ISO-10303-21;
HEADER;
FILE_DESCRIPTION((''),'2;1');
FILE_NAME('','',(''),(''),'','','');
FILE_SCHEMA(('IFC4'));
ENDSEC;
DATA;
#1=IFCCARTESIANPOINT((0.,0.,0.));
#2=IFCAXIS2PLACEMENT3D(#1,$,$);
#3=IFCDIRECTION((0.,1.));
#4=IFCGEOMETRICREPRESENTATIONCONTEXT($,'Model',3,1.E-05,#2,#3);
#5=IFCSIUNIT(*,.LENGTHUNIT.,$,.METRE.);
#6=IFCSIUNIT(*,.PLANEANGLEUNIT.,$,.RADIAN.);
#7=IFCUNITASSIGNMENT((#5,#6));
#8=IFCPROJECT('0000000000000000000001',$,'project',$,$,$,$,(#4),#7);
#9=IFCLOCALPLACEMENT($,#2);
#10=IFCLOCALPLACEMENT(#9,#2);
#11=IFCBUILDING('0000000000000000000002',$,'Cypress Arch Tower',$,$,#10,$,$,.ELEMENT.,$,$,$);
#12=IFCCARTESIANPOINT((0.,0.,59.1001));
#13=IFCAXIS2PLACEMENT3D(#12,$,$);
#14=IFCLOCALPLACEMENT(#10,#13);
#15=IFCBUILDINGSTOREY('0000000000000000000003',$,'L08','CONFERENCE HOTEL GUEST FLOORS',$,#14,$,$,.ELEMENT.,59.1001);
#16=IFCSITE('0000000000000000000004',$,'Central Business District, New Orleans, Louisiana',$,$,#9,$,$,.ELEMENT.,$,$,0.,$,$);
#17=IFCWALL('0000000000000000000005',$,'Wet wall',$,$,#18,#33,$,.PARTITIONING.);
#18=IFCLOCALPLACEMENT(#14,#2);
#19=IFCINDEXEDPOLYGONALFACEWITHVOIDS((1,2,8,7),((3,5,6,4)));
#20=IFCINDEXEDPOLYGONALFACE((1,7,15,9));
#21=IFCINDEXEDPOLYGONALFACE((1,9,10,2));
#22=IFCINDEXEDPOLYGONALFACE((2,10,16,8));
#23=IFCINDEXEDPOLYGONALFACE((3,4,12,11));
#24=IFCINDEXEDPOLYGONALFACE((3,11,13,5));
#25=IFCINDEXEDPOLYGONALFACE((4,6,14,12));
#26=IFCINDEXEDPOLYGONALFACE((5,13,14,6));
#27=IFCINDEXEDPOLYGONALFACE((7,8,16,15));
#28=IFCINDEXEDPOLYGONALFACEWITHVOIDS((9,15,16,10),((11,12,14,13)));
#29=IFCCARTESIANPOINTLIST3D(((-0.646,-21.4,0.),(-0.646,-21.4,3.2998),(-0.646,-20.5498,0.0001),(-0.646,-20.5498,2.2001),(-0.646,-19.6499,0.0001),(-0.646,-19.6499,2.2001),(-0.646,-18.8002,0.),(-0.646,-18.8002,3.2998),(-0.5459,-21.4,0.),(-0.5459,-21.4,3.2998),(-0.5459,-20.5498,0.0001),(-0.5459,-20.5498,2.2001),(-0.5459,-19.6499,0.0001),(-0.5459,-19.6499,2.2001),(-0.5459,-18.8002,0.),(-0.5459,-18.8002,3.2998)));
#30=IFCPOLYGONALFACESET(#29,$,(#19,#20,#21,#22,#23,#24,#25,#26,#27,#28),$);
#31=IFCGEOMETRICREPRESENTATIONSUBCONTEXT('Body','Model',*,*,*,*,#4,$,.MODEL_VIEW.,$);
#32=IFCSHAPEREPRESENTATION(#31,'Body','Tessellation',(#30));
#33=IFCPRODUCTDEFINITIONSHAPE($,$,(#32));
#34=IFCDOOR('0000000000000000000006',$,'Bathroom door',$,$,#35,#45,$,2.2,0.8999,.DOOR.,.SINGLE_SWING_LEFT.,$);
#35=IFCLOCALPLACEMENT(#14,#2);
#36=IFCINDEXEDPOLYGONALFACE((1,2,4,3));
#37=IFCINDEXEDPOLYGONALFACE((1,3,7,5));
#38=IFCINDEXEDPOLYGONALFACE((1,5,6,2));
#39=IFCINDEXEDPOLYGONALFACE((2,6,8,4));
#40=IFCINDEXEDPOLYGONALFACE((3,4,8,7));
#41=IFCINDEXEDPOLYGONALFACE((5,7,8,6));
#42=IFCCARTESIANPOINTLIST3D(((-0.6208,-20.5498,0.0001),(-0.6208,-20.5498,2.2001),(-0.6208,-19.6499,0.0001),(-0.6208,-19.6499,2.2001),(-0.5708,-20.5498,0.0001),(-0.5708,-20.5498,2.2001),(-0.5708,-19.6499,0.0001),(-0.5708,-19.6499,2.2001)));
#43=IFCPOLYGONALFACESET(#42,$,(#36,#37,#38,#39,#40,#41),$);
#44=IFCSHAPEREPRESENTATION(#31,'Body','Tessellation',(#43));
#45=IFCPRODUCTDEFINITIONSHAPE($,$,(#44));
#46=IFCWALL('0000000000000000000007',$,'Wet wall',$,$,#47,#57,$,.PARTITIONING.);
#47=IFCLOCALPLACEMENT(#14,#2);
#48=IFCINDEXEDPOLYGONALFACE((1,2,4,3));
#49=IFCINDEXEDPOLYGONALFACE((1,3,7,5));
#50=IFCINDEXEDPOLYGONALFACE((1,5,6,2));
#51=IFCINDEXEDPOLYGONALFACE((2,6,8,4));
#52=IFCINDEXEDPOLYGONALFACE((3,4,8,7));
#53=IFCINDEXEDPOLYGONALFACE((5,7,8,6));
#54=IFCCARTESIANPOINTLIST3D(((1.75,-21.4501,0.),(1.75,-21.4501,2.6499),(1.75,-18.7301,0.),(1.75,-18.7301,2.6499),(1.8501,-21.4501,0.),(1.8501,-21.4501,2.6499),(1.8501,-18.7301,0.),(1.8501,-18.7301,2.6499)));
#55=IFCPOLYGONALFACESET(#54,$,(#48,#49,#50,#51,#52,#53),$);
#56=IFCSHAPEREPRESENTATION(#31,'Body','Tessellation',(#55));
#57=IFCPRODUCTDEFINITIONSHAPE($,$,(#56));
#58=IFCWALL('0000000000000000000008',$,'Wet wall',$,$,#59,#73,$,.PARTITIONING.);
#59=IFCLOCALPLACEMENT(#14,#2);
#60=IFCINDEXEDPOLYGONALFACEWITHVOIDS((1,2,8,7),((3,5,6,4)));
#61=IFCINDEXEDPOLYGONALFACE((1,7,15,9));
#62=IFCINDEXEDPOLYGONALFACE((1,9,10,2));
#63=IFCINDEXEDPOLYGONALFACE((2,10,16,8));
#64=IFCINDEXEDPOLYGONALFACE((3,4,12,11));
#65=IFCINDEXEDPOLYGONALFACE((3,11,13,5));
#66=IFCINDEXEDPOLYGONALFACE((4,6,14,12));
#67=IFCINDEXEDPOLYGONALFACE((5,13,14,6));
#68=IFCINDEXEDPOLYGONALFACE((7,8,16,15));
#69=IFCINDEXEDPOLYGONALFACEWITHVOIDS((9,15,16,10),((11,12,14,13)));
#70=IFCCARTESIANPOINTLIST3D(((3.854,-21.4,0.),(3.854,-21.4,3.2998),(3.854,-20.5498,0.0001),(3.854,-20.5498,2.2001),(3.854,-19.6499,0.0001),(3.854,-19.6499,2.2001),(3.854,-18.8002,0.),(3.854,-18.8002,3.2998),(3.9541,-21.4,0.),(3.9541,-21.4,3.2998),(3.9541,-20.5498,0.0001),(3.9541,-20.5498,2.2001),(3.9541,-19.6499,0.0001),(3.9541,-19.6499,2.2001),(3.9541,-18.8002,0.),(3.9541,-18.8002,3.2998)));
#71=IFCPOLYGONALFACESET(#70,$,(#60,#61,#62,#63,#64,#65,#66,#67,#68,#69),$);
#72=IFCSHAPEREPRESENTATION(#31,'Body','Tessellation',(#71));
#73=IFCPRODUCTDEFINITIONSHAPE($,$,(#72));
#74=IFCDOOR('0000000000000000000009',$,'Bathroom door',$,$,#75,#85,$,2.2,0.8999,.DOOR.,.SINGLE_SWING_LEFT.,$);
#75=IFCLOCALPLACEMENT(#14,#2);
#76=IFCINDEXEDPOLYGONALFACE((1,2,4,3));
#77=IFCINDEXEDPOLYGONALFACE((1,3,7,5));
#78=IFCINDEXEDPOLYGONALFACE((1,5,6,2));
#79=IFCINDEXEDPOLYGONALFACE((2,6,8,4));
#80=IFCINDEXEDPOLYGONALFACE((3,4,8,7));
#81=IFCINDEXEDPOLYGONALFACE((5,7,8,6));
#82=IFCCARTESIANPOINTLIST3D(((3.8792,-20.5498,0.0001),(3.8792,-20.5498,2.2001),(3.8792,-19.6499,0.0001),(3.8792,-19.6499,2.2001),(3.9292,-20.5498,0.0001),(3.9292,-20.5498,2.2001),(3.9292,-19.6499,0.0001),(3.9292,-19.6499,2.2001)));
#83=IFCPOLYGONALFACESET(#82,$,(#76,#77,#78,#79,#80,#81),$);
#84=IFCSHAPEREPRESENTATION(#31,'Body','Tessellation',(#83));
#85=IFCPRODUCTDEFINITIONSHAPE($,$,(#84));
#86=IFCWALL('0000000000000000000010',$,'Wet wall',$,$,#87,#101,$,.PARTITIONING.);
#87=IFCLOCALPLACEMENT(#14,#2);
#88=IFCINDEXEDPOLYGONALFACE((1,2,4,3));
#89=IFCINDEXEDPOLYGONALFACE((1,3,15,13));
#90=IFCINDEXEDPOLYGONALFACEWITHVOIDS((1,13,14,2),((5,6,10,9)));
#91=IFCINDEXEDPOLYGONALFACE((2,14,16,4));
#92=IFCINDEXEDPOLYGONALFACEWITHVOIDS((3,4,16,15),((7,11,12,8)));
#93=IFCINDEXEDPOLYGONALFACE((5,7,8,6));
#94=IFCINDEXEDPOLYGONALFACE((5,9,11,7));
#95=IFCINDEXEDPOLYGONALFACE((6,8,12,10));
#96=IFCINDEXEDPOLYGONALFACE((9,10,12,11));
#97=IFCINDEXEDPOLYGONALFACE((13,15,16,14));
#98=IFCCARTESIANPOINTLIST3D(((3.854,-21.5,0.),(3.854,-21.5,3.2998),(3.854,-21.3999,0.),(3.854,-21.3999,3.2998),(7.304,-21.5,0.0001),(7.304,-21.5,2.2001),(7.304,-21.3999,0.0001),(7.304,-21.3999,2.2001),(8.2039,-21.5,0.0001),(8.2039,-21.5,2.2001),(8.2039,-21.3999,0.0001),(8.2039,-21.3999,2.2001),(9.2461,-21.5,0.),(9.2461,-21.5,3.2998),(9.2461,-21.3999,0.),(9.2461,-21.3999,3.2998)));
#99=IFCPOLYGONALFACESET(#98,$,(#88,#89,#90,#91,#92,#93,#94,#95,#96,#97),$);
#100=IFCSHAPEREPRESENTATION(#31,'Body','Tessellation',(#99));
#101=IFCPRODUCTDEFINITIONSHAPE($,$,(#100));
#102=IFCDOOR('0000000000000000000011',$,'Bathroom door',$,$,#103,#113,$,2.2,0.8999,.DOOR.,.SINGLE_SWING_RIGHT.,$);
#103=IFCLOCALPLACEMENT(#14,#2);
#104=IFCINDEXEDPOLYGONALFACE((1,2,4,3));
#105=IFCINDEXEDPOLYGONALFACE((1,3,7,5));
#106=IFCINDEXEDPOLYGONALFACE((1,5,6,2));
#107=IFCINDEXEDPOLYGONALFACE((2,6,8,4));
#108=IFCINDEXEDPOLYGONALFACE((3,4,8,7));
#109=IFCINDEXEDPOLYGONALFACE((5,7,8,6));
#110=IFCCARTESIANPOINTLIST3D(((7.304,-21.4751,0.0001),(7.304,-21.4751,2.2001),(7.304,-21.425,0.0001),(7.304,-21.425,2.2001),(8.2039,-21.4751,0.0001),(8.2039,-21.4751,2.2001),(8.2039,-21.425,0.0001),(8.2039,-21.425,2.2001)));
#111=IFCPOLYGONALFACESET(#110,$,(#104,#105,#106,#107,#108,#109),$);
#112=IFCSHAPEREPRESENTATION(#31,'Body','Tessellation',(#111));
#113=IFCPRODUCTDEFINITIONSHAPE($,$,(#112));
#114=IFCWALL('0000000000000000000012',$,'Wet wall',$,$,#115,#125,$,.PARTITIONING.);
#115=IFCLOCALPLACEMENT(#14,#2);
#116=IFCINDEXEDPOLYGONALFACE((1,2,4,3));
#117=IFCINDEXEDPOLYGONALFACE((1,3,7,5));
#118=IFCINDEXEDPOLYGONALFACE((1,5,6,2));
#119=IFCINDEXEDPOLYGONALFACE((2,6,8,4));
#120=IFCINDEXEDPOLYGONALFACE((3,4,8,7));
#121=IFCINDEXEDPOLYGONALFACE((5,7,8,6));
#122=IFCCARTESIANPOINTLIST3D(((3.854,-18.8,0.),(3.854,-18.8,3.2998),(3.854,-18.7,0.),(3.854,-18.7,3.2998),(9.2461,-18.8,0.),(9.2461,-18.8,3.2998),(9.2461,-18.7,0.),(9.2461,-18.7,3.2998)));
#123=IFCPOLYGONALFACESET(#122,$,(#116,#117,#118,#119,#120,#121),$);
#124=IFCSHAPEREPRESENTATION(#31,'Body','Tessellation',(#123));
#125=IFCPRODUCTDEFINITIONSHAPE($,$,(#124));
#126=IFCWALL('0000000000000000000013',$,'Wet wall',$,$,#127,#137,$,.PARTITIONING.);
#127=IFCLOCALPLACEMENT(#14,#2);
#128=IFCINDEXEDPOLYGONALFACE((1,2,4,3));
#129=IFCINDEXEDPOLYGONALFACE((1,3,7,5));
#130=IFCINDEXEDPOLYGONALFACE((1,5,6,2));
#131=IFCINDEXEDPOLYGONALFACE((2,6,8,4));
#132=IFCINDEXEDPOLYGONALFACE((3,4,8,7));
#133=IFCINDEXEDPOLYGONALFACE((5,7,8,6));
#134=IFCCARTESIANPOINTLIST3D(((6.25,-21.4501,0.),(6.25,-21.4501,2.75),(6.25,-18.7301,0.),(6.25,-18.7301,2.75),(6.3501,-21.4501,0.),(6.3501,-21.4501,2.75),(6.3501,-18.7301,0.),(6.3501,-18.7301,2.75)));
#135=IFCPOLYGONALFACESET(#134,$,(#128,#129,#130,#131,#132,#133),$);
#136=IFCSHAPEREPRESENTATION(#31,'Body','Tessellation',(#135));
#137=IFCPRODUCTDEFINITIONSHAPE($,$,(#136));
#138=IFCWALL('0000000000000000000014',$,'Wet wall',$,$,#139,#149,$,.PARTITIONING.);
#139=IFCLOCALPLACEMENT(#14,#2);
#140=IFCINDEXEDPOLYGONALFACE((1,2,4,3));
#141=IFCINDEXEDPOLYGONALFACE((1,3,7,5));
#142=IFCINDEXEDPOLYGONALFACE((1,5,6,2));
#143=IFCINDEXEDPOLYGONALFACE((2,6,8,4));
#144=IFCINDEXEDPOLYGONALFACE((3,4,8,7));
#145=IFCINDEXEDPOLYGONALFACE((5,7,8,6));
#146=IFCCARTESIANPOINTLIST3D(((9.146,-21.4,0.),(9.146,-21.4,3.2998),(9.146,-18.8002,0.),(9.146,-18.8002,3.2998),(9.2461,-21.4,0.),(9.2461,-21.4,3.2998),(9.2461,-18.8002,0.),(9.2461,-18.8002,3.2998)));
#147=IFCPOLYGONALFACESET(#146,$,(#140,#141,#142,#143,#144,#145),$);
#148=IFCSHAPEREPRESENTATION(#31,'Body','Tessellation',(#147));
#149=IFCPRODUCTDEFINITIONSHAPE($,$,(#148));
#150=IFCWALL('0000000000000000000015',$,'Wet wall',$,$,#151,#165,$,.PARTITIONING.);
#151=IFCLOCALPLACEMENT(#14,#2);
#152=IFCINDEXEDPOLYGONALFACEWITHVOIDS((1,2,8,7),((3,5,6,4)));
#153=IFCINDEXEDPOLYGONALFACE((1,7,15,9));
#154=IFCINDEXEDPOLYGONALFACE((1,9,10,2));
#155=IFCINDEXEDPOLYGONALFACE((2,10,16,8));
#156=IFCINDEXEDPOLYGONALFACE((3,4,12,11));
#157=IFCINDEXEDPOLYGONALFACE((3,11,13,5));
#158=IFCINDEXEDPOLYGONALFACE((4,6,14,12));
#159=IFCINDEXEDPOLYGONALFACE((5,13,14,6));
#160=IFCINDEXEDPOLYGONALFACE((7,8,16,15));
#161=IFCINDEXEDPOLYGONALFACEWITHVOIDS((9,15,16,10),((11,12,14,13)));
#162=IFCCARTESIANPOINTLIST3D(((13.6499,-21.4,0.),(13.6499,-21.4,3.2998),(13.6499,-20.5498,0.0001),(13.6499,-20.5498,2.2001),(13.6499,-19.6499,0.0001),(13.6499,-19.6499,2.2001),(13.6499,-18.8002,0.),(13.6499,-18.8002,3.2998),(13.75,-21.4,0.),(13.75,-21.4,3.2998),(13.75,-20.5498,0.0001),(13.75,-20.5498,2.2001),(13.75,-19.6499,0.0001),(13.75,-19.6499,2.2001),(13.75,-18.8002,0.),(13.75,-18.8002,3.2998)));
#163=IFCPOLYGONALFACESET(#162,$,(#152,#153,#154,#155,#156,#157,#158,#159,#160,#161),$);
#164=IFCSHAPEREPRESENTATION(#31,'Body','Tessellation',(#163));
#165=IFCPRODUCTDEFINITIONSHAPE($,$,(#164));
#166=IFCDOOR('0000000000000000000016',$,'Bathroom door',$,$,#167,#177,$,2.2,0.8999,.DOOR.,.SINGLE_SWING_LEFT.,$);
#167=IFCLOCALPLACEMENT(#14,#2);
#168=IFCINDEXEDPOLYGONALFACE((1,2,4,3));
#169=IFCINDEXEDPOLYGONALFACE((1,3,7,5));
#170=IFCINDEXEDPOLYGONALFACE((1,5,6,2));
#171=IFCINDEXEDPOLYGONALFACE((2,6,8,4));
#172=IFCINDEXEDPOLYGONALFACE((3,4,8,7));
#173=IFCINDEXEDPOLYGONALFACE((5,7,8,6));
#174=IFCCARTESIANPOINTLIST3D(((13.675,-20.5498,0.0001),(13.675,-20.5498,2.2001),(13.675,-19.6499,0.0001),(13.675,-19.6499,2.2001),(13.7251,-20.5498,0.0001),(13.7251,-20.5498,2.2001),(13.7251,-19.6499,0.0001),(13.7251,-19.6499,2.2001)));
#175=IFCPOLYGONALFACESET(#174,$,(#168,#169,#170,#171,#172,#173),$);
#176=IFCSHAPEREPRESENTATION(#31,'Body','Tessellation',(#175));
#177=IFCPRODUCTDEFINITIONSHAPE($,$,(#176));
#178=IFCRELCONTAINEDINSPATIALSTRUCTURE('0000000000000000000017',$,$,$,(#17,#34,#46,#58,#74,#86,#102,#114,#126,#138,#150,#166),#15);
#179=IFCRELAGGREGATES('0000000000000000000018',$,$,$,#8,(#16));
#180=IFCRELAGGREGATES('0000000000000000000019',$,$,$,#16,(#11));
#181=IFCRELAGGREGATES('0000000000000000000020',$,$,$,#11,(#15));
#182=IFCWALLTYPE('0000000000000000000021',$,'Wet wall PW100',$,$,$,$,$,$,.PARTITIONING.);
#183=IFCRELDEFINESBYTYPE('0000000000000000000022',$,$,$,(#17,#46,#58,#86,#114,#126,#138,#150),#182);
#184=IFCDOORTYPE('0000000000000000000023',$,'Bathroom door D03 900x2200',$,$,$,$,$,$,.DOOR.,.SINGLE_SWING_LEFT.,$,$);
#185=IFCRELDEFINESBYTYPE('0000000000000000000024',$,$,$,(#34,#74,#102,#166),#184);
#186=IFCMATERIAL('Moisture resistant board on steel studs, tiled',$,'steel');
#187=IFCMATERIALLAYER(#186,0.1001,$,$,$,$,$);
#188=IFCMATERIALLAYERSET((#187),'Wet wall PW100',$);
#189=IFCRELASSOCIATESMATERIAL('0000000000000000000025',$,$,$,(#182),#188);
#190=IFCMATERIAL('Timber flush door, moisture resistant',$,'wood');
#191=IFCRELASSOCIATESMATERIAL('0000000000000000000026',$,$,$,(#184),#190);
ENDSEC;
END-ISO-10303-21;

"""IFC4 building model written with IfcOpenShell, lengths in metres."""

from ifc_helpers import new_model, si_unit, direction, frame, frame_2d, origin, place, context, subcontext, project, spatial, rectangle, extrude, material, layer, layer_set, type_object, element, fill, save


model = new_model("IFC4")

# Units and contexts
model_context = context("Model", 3, precision=1e-05, world=origin(), true_north=direction((0.0, 1.0)))
body_context = subcontext(model_context, "Body", "Model", "MODEL_VIEW")
ifc_project = project(units=[si_unit("LENGTHUNIT", "METRE"), si_unit("PLANEANGLEUNIT", "RADIAN")], contexts=[model_context])

# Site, building, storey
site_placement = place(None, origin())
site = spatial("IfcSite", under=ifc_project, at=site_placement, Name="Central Business District, New Orleans, Louisiana", CompositionType="ELEMENT", RefElevation=0.0)
building_placement = place(site_placement, origin())
building = spatial("IfcBuilding", under=site, at=building_placement, Name="Cypress Arch Tower", CompositionType="ELEMENT")
storey_placement = place(building_placement, frame((0.0, 0.0, 59.1001)))
storey = spatial("IfcBuildingStorey", under=building, at=storey_placement, Name="L08", Description="CONFERENCE HOTEL GUEST FLOORS", CompositionType="ELEMENT", Elevation=59.1001)

# Wall, opening, door
ifc_material_1 = material(Name="Moisture resistant board on steel studs, tiled", Category="steel")
ifc_layer_1 = layer(ifc_material_1, 0.1001)
ifc_layer_set_1 = layer_set([ifc_layer_1], Name="Wet wall PW100")
wall_type_1 = type_object("IfcWallType", Name="Wet wall PW100", PredefinedType="PARTITIONING", material=ifc_layer_set_1)
wall_1_placement = place(storey_placement, frame((-0.5959, -21.3999, 0.0), z_axis=(0.0, 0.0, 1.0), x_axis=(0.0, 1.0, 0.0)))
wall_1 = element("IfcWall", 1, at=wall_1_placement, inside=storey, type_object=wall_type_1, Name="Wet wall", PredefinedType="PARTITIONING", context=body_context, shape_type="SweptSolid", body=[
    extrude(rectangle(XDim=2.5999, YDim=0.1001, at=frame_2d((1.2998, 0.0))), origin(), (0.0, 0.0, 1.0), 3.2998),
])
opening_1_placement = place(wall_1_placement, frame((0.8501, 0.0, 0.0)))
opening_1 = element("IfcOpeningElement", 2, at=opening_1_placement, cuts=wall_1, PredefinedType="OPENING", context=body_context, shape_type="SweptSolid", body=[
    extrude(rectangle(XDim=0.8999, YDim=2.2, at=frame_2d((0.45, 1.1001))), frame((0.0, 0.0601, 0.0), z_axis=(0.0, -1.0, 0.0), x_axis=(1.0, 0.0, 0.0)), (0.0, 0.0, 1.0), 0.1201),
])
ifc_material_2 = material(Name="Timber flush door, moisture resistant", Category="wood")
door_type_1 = type_object("IfcDoorType", Name="Bathroom door D03 900x2200", OperationType="SINGLE_SWING_LEFT", PredefinedType="DOOR", material=ifc_material_2)
door_1_placement = place(opening_1_placement, origin())
door_1 = element("IfcDoor", 3, at=door_1_placement, inside=storey, type_object=door_type_1, Name="Bathroom door", OperationType="SINGLE_SWING_LEFT", OverallHeight=2.2, OverallWidth=0.8999, PredefinedType="DOOR", context=body_context, shape_type="SweptSolid", body=[
    extrude(rectangle(XDim=0.8999, YDim=2.2, at=frame_2d((0.45, 1.1001))), frame((0.0, 0.0249, 0.0), z_axis=(0.0, -1.0, 0.0), x_axis=(1.0, 0.0, 0.0)), (0.0, 0.0, 1.0), 0.05),
])
fill(opening_1, door_1)

# Wall
wall_2_placement = place(storey_placement, frame((1.8, -21.45, 0.0), z_axis=(0.0, 0.0, 1.0), x_axis=(0.0, 1.0, 0.0)))
element("IfcWall", 4, at=wall_2_placement, inside=storey, type_object=wall_type_1, Name="Wet wall", PredefinedType="PARTITIONING", context=body_context, shape_type="SweptSolid", body=[
    extrude(rectangle(XDim=2.72, YDim=0.1001, at=frame_2d((1.3599, 0.0))), origin(), (0.0, 0.0, 1.0), 2.6499),
])

# Walls, openings, doors
wall_3_placement = place(storey_placement, frame((3.9041, -21.3999, 0.0), z_axis=(0.0, 0.0, 1.0), x_axis=(0.0, 1.0, 0.0)))
wall_3 = element("IfcWall", 5, at=wall_3_placement, inside=storey, type_object=wall_type_1, Name="Wet wall", PredefinedType="PARTITIONING", context=body_context, shape_type="SweptSolid", body=[
    extrude(rectangle(XDim=2.5999, YDim=0.1001, at=frame_2d((1.2998, 0.0))), origin(), (0.0, 0.0, 1.0), 3.2998),
])
opening_2_placement = place(wall_3_placement, frame((0.8501, 0.0, 0.0)))
opening_2 = element("IfcOpeningElement", 6, at=opening_2_placement, cuts=wall_3, PredefinedType="OPENING", context=body_context, shape_type="SweptSolid", body=[
    extrude(rectangle(XDim=0.8999, YDim=2.2, at=frame_2d((0.45, 1.1001))), frame((0.0, 0.0601, 0.0), z_axis=(0.0, -1.0, 0.0), x_axis=(1.0, 0.0, 0.0)), (0.0, 0.0, 1.0), 0.1201),
])
door_2_placement = place(opening_2_placement, origin())
door_2 = element("IfcDoor", 7, at=door_2_placement, inside=storey, type_object=door_type_1, Name="Bathroom door", OperationType="SINGLE_SWING_LEFT", OverallHeight=2.2, OverallWidth=0.8999, PredefinedType="DOOR", context=body_context, shape_type="SweptSolid", body=[
    extrude(rectangle(XDim=0.8999, YDim=2.2, at=frame_2d((0.45, 1.1001))), frame((0.0, 0.0249, 0.0), z_axis=(0.0, -1.0, 0.0), x_axis=(1.0, 0.0, 0.0)), (0.0, 0.0, 1.0), 0.05),
])
fill(opening_2, door_2)
wall_4_placement = place(storey_placement, frame((3.854, -21.45, 0.0), z_axis=(0.0, 0.0, 1.0), x_axis=(1.0, 0.0, 0.0)))
wall_4 = element("IfcWall", 8, at=wall_4_placement, inside=storey, type_object=wall_type_1, Name="Wet wall", PredefinedType="PARTITIONING", context=body_context, shape_type="SweptSolid", body=[
    extrude(rectangle(XDim=5.3921, YDim=0.1001, at=frame_2d((2.696, 0.0))), origin(), (0.0, 0.0, 1.0), 3.2998),
])
opening_3_placement = place(wall_4_placement, frame((3.45, 0.0, 0.0)))
opening_3 = element("IfcOpeningElement", 9, at=opening_3_placement, cuts=wall_4, PredefinedType="OPENING", context=body_context, shape_type="SweptSolid", body=[
    extrude(rectangle(XDim=0.8999, YDim=2.2, at=frame_2d((0.45, 1.1001))), frame((0.0, 0.0601, 0.0), z_axis=(0.0, -1.0, 0.0), x_axis=(1.0, 0.0, 0.0)), (0.0, 0.0, 1.0), 0.1201),
])
door_3_placement = place(opening_3_placement, origin())
door_3 = element("IfcDoor", 10, at=door_3_placement, inside=storey, type_object=door_type_1, Name="Bathroom door", OperationType="SINGLE_SWING_RIGHT", OverallHeight=2.2, OverallWidth=0.8999, PredefinedType="DOOR", context=body_context, shape_type="SweptSolid", body=[
    extrude(rectangle(XDim=0.8999, YDim=2.2, at=frame_2d((0.45, 1.1001))), frame((0.0, 0.0249, 0.0), z_axis=(0.0, -1.0, 0.0), x_axis=(1.0, 0.0, 0.0)), (0.0, 0.0, 1.0), 0.05),
])
fill(opening_3, door_3)

# Walls
wall_5_placement = place(storey_placement, frame((3.854, -18.75, 0.0), z_axis=(0.0, 0.0, 1.0), x_axis=(1.0, 0.0, 0.0)))
element("IfcWall", 11, at=wall_5_placement, inside=storey, type_object=wall_type_1, Name="Wet wall", PredefinedType="PARTITIONING", context=body_context, shape_type="SweptSolid", body=[
    extrude(rectangle(XDim=5.3921, YDim=0.1001, at=frame_2d((2.696, 0.0))), origin(), (0.0, 0.0, 1.0), 3.2998),
])
wall_6_placement = place(storey_placement, frame((6.3, -21.45, 0.0), z_axis=(0.0, 0.0, 1.0), x_axis=(0.0, 1.0, 0.0)))
element("IfcWall", 12, at=wall_6_placement, inside=storey, type_object=wall_type_1, Name="Wet wall", PredefinedType="PARTITIONING", context=body_context, shape_type="SweptSolid", body=[
    extrude(rectangle(XDim=2.72, YDim=0.1001, at=frame_2d((1.3599, 0.0))), origin(), (0.0, 0.0, 1.0), 2.75),
])
wall_7_placement = place(storey_placement, frame((9.196, -21.3999, 0.0), z_axis=(0.0, 0.0, 1.0), x_axis=(0.0, 1.0, 0.0)))
element("IfcWall", 13, at=wall_7_placement, inside=storey, type_object=wall_type_1, Name="Wet wall", PredefinedType="PARTITIONING", context=body_context, shape_type="SweptSolid", body=[
    extrude(rectangle(XDim=2.5999, YDim=0.1001, at=frame_2d((1.2998, 0.0))), origin(), (0.0, 0.0, 1.0), 3.2998),
])

# Wall, opening, door
wall_8_placement = place(storey_placement, frame((13.7, -21.3999, 0.0), z_axis=(0.0, 0.0, 1.0), x_axis=(0.0, 1.0, 0.0)))
wall_8 = element("IfcWall", 14, at=wall_8_placement, inside=storey, type_object=wall_type_1, Name="Wet wall", PredefinedType="PARTITIONING", context=body_context, shape_type="SweptSolid", body=[
    extrude(rectangle(XDim=2.5999, YDim=0.1001, at=frame_2d((1.2998, 0.0))), origin(), (0.0, 0.0, 1.0), 3.2998),
])
opening_4_placement = place(wall_8_placement, frame((0.8501, 0.0, 0.0)))
opening_4 = element("IfcOpeningElement", 15, at=opening_4_placement, cuts=wall_8, PredefinedType="OPENING", context=body_context, shape_type="SweptSolid", body=[
    extrude(rectangle(XDim=0.8999, YDim=2.2, at=frame_2d((0.45, 1.1001))), frame((0.0, 0.0601, 0.0), z_axis=(0.0, -1.0, 0.0), x_axis=(1.0, 0.0, 0.0)), (0.0, 0.0, 1.0), 0.1201),
])
door_4_placement = place(opening_4_placement, origin())
door_4 = element("IfcDoor", 16, at=door_4_placement, inside=storey, type_object=door_type_1, Name="Bathroom door", OperationType="SINGLE_SWING_LEFT", OverallHeight=2.2, OverallWidth=0.8999, PredefinedType="DOOR", context=body_context, shape_type="SweptSolid", body=[
    extrude(rectangle(XDim=0.8999, YDim=2.2, at=frame_2d((0.45, 1.1001))), frame((0.0, 0.0249, 0.0), z_axis=(0.0, -1.0, 0.0), x_axis=(1.0, 0.0, 0.0)), (0.0, 0.0, 1.0), 0.05),
])
fill(opening_4, door_4)

save(model, "model.ifc")
